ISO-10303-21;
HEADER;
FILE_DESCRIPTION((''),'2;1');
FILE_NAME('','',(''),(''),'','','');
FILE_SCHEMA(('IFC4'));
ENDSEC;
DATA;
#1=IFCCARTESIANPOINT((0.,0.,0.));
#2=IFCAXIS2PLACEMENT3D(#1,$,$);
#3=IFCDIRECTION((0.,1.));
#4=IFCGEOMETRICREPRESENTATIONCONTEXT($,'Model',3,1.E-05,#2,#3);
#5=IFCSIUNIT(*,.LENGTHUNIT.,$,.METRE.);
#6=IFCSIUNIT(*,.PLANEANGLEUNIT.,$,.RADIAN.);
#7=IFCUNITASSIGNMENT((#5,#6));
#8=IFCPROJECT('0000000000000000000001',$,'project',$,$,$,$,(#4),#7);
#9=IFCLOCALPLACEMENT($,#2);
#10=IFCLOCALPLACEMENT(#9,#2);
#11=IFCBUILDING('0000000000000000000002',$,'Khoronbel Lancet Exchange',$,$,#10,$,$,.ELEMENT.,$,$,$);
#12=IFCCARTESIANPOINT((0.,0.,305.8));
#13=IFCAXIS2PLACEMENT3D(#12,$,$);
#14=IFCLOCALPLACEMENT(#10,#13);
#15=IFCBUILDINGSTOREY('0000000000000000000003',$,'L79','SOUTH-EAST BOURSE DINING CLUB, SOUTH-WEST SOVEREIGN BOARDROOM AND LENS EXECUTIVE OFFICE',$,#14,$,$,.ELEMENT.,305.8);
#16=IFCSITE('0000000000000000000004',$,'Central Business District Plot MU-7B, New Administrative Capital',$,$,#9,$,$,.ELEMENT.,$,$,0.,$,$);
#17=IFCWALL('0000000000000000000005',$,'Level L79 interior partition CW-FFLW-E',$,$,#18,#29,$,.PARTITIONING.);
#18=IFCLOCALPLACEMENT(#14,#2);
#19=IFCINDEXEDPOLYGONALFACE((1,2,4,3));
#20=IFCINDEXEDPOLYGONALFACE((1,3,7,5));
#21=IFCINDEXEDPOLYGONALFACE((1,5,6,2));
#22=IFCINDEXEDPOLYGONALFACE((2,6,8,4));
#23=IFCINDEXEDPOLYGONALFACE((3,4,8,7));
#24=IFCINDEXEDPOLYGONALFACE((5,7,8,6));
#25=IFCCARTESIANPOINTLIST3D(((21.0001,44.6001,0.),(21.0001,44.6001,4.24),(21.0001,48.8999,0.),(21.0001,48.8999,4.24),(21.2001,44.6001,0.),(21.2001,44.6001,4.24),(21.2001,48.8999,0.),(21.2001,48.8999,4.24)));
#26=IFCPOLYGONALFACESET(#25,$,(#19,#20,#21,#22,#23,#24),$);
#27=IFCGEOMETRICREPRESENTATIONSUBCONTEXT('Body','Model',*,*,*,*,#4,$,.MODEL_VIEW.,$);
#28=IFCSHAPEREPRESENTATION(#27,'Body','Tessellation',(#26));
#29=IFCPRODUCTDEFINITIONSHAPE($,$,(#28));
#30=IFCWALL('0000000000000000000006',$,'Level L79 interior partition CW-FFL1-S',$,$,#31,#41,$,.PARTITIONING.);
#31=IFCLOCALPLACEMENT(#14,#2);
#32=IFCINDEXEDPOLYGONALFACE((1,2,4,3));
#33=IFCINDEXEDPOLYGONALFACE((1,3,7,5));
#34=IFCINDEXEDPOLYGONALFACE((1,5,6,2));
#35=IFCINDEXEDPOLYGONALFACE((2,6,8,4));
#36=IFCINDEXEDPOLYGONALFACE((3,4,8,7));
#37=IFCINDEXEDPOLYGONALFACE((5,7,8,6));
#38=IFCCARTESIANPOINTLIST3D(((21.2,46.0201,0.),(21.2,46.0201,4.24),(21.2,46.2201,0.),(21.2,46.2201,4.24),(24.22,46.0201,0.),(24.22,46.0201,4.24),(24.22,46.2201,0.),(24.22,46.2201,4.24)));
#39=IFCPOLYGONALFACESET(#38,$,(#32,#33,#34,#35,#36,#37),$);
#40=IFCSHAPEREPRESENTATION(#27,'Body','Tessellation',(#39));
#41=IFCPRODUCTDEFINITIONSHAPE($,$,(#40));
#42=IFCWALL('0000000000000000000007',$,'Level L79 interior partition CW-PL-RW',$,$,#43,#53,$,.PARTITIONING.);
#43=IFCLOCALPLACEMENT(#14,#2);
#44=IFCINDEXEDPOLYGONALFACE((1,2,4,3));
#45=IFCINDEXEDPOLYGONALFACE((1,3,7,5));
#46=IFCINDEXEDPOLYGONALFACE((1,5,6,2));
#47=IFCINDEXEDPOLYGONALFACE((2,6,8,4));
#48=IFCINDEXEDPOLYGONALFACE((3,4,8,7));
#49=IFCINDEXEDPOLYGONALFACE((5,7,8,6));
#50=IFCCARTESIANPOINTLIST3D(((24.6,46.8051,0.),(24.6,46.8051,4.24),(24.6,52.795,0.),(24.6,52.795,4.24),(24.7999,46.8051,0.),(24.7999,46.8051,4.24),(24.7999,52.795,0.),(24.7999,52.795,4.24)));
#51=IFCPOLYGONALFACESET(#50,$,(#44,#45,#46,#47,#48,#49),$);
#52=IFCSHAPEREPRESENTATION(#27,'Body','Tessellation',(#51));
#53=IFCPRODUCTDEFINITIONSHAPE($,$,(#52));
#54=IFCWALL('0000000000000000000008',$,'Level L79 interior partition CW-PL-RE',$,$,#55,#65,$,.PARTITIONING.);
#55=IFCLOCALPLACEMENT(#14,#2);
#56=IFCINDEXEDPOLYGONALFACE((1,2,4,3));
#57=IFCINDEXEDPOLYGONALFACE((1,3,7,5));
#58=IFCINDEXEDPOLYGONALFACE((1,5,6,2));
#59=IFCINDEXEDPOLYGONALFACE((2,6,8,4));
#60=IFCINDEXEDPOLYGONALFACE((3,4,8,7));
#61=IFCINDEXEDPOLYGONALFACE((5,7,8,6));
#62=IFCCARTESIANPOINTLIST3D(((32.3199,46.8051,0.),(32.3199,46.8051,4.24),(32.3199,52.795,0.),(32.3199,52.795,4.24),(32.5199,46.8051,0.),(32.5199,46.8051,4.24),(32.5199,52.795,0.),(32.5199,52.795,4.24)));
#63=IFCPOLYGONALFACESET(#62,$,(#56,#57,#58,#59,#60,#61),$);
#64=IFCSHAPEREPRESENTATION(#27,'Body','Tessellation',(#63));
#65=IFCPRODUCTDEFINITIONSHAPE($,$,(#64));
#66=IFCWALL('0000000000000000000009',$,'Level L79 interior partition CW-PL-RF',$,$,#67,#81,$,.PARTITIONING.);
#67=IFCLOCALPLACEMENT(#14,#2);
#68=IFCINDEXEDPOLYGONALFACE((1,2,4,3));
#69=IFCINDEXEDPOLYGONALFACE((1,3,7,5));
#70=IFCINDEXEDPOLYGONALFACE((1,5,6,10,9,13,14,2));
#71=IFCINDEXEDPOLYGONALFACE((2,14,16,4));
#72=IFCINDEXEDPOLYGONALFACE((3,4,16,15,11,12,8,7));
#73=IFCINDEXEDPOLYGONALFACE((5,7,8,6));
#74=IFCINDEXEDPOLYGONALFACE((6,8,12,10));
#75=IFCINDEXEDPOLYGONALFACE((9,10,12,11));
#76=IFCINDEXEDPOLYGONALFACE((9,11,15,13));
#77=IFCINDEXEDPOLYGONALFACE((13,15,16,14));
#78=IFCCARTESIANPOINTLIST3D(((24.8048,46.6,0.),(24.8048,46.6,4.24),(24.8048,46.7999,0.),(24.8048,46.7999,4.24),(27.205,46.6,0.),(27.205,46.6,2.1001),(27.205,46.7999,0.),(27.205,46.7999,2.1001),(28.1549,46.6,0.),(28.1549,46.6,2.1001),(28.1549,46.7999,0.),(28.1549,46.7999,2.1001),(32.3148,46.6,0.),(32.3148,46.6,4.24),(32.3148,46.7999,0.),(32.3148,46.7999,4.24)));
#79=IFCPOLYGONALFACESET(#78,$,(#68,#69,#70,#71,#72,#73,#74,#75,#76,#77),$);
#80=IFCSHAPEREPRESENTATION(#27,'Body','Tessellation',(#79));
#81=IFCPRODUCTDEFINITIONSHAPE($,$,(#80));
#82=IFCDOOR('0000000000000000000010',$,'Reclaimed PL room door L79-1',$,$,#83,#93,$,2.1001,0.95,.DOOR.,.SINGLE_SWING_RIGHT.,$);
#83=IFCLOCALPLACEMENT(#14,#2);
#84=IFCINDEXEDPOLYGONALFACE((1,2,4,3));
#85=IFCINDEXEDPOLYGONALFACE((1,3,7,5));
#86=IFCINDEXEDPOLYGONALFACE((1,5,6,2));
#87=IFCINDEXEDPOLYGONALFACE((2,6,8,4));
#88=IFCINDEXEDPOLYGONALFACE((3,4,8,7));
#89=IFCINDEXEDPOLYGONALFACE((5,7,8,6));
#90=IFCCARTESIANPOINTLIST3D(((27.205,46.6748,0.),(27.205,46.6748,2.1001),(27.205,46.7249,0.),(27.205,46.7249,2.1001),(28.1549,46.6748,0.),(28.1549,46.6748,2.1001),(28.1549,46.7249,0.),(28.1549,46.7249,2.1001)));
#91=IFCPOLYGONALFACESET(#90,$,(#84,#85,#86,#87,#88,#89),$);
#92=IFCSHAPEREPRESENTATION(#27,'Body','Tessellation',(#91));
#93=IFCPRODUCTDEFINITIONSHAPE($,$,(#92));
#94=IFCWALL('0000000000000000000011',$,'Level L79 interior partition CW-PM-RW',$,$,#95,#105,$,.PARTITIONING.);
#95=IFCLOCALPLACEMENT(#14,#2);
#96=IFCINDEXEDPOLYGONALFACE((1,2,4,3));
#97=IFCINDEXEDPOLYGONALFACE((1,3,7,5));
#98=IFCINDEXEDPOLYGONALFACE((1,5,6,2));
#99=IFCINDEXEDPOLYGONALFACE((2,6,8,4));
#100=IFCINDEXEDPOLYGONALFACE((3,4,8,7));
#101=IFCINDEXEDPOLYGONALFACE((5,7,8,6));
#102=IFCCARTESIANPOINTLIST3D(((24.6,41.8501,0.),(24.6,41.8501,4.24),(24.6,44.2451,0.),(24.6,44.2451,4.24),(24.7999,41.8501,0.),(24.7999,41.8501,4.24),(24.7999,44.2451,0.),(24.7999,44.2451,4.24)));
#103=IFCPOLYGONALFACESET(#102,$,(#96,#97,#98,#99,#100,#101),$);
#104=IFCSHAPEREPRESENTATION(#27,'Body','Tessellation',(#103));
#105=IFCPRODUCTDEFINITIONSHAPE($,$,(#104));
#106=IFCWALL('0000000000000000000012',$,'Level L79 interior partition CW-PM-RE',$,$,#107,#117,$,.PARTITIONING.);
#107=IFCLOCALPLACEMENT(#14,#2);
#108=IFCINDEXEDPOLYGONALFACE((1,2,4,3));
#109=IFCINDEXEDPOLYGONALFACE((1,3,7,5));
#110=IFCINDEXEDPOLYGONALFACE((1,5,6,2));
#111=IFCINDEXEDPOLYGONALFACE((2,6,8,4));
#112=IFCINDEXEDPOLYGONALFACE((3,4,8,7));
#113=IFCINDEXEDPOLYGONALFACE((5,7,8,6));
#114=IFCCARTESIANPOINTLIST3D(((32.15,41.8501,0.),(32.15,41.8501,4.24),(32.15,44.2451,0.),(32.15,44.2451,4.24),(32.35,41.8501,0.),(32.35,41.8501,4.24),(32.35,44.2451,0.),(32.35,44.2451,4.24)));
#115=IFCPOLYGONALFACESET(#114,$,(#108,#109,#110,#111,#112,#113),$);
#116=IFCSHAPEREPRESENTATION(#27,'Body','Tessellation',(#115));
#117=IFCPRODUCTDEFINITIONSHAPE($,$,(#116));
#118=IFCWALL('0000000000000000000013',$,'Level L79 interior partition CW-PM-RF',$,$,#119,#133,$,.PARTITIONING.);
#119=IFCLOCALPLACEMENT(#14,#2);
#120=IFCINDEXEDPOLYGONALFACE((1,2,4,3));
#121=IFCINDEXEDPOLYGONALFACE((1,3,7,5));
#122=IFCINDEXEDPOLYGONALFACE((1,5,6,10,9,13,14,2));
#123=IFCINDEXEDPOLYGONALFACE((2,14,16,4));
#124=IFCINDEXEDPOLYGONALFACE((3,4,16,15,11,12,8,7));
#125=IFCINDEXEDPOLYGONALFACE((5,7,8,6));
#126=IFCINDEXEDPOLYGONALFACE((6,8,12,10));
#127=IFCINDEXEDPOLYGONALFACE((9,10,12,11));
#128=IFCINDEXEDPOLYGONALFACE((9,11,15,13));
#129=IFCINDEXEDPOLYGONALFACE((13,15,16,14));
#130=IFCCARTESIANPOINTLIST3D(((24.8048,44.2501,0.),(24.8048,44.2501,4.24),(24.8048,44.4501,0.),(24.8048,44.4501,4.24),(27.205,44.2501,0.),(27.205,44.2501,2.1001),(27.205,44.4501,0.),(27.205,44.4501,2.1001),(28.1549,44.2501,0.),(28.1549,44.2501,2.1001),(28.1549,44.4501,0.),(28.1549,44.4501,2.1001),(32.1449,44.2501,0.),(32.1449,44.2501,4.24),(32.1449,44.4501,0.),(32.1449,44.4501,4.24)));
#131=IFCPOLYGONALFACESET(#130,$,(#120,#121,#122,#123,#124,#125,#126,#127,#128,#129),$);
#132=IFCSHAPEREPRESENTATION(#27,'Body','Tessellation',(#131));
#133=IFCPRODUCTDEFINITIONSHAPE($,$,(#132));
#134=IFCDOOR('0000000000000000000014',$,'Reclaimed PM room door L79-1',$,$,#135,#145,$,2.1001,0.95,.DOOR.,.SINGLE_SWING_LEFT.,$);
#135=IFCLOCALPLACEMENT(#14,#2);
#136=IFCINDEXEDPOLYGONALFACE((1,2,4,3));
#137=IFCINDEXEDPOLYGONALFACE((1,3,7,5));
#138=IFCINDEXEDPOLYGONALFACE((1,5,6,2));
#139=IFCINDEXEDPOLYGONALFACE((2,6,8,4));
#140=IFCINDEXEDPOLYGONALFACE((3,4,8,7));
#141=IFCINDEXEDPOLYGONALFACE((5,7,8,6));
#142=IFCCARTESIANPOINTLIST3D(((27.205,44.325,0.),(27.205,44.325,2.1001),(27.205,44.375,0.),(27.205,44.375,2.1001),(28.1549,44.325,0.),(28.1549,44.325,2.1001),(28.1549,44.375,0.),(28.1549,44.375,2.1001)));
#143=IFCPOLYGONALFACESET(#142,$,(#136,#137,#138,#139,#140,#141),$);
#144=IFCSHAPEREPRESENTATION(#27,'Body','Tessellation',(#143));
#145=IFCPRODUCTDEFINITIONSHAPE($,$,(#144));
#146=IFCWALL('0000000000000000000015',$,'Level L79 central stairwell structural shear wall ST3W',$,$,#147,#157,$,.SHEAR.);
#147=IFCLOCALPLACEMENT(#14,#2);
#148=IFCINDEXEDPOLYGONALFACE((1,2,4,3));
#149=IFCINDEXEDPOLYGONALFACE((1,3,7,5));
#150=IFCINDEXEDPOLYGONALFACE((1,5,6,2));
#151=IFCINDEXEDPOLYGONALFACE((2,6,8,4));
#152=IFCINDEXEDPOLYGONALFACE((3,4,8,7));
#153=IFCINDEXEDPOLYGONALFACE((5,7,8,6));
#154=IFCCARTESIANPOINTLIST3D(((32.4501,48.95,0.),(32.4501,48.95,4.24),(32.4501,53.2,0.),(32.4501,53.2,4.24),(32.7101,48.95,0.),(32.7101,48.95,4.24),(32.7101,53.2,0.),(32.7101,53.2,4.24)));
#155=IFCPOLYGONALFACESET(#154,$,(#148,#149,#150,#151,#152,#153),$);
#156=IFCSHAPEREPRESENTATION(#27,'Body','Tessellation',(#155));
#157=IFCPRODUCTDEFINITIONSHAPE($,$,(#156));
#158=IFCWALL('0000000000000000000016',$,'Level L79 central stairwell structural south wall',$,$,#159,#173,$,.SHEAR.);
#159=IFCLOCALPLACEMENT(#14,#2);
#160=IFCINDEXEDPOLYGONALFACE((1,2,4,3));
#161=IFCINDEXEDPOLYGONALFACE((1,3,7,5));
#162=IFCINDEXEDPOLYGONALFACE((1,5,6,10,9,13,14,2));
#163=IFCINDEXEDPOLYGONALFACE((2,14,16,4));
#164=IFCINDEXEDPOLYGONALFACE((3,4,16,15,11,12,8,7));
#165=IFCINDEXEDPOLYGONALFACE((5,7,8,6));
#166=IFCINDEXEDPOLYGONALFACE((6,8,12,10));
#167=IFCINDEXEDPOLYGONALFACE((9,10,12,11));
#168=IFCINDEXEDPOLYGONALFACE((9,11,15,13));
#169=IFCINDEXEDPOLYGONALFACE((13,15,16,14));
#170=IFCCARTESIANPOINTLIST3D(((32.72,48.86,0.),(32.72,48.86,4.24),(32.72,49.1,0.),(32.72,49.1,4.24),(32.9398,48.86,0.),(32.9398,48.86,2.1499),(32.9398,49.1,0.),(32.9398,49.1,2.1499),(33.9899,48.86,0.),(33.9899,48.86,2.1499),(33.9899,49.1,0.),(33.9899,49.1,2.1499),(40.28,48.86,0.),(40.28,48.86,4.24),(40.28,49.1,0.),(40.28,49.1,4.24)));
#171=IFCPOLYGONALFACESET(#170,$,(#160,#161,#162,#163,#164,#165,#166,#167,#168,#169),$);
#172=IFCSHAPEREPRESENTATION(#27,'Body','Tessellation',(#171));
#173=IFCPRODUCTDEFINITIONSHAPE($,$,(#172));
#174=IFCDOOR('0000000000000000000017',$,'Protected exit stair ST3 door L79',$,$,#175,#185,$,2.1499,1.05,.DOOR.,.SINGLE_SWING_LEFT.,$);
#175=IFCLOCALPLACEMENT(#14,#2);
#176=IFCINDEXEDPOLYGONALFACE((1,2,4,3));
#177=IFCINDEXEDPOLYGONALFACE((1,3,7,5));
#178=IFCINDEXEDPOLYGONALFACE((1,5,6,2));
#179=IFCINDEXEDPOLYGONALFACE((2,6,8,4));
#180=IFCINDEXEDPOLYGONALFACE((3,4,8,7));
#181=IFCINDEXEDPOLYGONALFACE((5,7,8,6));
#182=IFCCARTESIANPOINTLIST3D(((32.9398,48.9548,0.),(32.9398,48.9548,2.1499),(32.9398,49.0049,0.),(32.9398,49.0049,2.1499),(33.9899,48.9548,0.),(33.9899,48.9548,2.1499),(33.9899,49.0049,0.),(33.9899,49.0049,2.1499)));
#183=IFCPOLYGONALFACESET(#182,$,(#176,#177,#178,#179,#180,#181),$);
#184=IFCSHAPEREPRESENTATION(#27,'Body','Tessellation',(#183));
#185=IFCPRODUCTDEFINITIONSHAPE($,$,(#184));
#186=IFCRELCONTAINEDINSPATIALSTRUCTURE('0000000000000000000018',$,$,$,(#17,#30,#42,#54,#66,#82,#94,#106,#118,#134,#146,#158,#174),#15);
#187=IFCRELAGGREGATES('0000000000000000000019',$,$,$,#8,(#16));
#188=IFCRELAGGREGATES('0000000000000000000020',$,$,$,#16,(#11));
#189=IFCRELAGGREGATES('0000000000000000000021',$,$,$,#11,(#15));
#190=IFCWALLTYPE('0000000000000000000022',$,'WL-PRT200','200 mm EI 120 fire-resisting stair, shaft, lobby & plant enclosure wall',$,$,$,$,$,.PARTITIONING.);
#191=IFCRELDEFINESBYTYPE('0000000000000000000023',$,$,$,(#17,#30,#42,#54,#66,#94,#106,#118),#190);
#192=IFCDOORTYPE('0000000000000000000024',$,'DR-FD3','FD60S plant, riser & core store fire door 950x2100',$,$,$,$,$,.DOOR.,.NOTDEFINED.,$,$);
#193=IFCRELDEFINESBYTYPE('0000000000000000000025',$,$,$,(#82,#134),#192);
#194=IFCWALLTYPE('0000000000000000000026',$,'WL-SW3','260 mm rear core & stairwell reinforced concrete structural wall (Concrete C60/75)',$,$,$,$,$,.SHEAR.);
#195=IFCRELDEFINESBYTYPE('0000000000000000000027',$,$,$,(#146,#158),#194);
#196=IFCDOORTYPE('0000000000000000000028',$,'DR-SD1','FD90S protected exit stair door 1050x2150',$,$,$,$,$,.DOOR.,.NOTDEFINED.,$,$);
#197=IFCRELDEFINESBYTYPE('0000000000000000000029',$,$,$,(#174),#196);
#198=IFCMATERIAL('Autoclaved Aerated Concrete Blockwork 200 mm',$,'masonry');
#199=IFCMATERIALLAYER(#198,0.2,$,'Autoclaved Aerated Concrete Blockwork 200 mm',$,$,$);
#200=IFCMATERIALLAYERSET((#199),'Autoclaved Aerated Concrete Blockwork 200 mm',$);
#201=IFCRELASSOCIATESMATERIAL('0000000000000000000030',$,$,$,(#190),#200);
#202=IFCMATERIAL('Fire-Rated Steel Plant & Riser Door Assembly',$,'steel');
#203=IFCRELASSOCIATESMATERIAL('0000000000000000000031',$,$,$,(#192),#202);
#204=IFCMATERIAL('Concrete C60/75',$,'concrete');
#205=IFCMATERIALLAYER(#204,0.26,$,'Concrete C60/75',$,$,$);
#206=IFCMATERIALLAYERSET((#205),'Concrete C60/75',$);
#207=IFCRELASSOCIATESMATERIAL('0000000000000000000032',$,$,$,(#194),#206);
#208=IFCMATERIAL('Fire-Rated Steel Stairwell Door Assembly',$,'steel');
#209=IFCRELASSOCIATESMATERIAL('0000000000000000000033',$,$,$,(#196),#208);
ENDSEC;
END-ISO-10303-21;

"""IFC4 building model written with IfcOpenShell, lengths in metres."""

from ifc_helpers import new_model, si_unit, direction, frame, frame_2d, origin, place, context, subcontext, project, spatial, rectangle, extrude, material, layer, layer_set, type_object, element, fill, save


model = new_model("IFC4")

# Units and contexts
model_context = context("Model", 3, precision=1e-05, world=origin(), true_north=direction((0.0, 1.0)))
body_context = subcontext(model_context, "Body", "Model", "MODEL_VIEW")
ifc_project = project(units=[si_unit("LENGTHUNIT", "METRE"), si_unit("PLANEANGLEUNIT", "RADIAN")], contexts=[model_context])

# Site, building, storey
site_placement = place(None, origin())
site = spatial("IfcSite", under=ifc_project, at=site_placement, Name="Central Business District Plot MU-7B, New Administrative Capital", CompositionType="ELEMENT", RefElevation=0.0)
building_placement = place(site_placement, origin())
building = spatial("IfcBuilding", under=site, at=building_placement, Name="Khoronbel Lancet Exchange", CompositionType="ELEMENT")
storey_placement = place(building_placement, frame((0.0, 0.0, 305.8)))
storey = spatial("IfcBuildingStorey", under=building, at=storey_placement, Name="L79", Description="SOUTH-EAST BOURSE DINING CLUB, SOUTH-WEST SOVEREIGN BOARDROOM AND LENS EXECUTIVE OFFICE", CompositionType="ELEMENT", Elevation=305.8)

# Shared definitions
ifc_material_1 = material(Name="Autoclaved Aerated Concrete Blockwork 200 mm", Category="masonry")
ifc_layer_1 = layer(ifc_material_1, 0.2, Name="Autoclaved Aerated Concrete Blockwork 200 mm")
ifc_layer_set_1 = layer_set([ifc_layer_1], Name="Autoclaved Aerated Concrete Blockwork 200 mm")
wall_type_1 = type_object("IfcWallType", Name="WL-PRT200", Description="200 mm EI 120 fire-resisting stair, shaft, lobby & plant enclosure wall", PredefinedType="PARTITIONING", material=ifc_layer_set_1)

# Walls
wall_1_placement = place(storey_placement, frame((21.1001, 44.6001, 0.0), z_axis=(0.0, 0.0, 1.0), x_axis=(0.0, 1.0, 0.0)))
element("IfcWall", 1, at=wall_1_placement, inside=storey, type_object=wall_type_1, Name="Level L79 interior partition CW-FFLW-E", PredefinedType="PARTITIONING", context=body_context, shape_type="SweptSolid", body=[
    extrude(rectangle(XDim=4.2998, YDim=0.2, at=frame_2d((2.1499, 0.0))), origin(), (0.0, 0.0, 1.0), 4.24),
])
wall_2_placement = place(storey_placement, frame((21.2, 46.1201, 0.0), z_axis=(0.0, 0.0, 1.0), x_axis=(1.0, 0.0, 0.0)))
element("IfcWall", 2, at=wall_2_placement, inside=storey, type_object=wall_type_1, Name="Level L79 interior partition CW-FFL1-S", PredefinedType="PARTITIONING", context=body_context, shape_type="SweptSolid", body=[
    extrude(rectangle(XDim=3.02, YDim=0.2, at=frame_2d((1.51, 0.0))), origin(), (0.0, 0.0, 1.0), 4.24),
])
for number, where, z_axis, x_axis, name in (
    (3, (24.7, 46.8049, 0.0), (0.0, 0.0, 1.0), (0.0, 1.0, 0.0), "Level L79 interior partition CW-PL-RW"),
    (4, (32.4199, 46.8049, 0.0), (0.0, 0.0, 1.0), (0.0, 1.0, 0.0), "Level L79 interior partition CW-PL-RE"),
):
    element("IfcWall", number, at=place(storey_placement, frame(where, z_axis=z_axis, x_axis=x_axis)), inside=storey, type_object=wall_type_1, Name=name, PredefinedType="PARTITIONING", context=body_context, shape_type="SweptSolid", body=[
        extrude(rectangle(XDim=5.99, YDim=0.2, at=frame_2d((2.9951, 0.0))), origin(), (0.0, 0.0, 1.0), 4.24),
    ])

# Wall, opening, door
wall_3_placement = place(storey_placement, frame((24.8049, 46.7, 0.0), z_axis=(0.0, 0.0, 1.0), x_axis=(1.0, 0.0, 0.0)))
wall_3 = element("IfcWall", 5, at=wall_3_placement, inside=storey, type_object=wall_type_1, Name="Level L79 interior partition CW-PL-RF", PredefinedType="PARTITIONING", context=body_context, shape_type="SweptSolid", body=[
    extrude(rectangle(XDim=7.51, YDim=0.2, at=frame_2d((3.7549, 0.0))), origin(), (0.0, 0.0, 1.0), 4.24),
])
opening_1_placement = place(wall_3_placement, frame((2.3999, 0.0, 0.0)))
opening_1 = element("IfcOpeningElement", 6, at=opening_1_placement, cuts=wall_3, PredefinedType="OPENING", context=body_context, shape_type="SweptSolid", body=[
    extrude(rectangle(XDim=0.95, YDim=2.1001, at=frame_2d((0.4751, 1.05))), frame((0.0, 0.1099, 0.0), z_axis=(0.0, -1.0, 0.0), x_axis=(1.0, 0.0, 0.0)), (0.0, 0.0, 1.0), 0.22),
])
ifc_material_2 = material(Name="Fire-Rated Steel Plant & Riser Door Assembly", Category="steel")
door_type_1 = type_object("IfcDoorType", Name="DR-FD3", Description="FD60S plant, riser & core store fire door 950x2100", OperationType="NOTDEFINED", PredefinedType="DOOR", material=ifc_material_2)
door_1_placement = place(opening_1_placement, origin())
door_1 = element("IfcDoor", 7, at=door_1_placement, inside=storey, type_object=door_type_1, Name="Reclaimed PL room door L79-1", OperationType="SINGLE_SWING_RIGHT", OverallHeight=2.1001, OverallWidth=0.95, PredefinedType="DOOR", context=body_context, shape_type="SweptSolid", body=[
    extrude(rectangle(XDim=0.95, YDim=2.1001, at=frame_2d((0.4751, 1.05))), frame((0.0, 0.0249, 0.0), z_axis=(0.0, -1.0, 0.0), x_axis=(1.0, 0.0, 0.0)), (0.0, 0.0, 1.0), 0.05),
])
fill(opening_1, door_1)

# Walls
for number, where, z_axis, x_axis, name in (
    (8, (24.7, 41.8501, 0.0), (0.0, 0.0, 1.0), (0.0, 1.0, 0.0), "Level L79 interior partition CW-PM-RW"),
    (9, (32.25, 41.8501, 0.0), (0.0, 0.0, 1.0), (0.0, 1.0, 0.0), "Level L79 interior partition CW-PM-RE"),
):
    element("IfcWall", number, at=place(storey_placement, frame(where, z_axis=z_axis, x_axis=x_axis)), inside=storey, type_object=wall_type_1, Name=name, PredefinedType="PARTITIONING", context=body_context, shape_type="SweptSolid", body=[
        extrude(rectangle(XDim=2.395, YDim=0.2, at=frame_2d((1.1975, 0.0))), origin(), (0.0, 0.0, 1.0), 4.24),
    ])

# Wall, opening, door
wall_4_placement = place(storey_placement, frame((24.8049, 44.3501, 0.0), z_axis=(0.0, 0.0, 1.0), x_axis=(1.0, 0.0, 0.0)))
wall_4 = element("IfcWall", 10, at=wall_4_placement, inside=storey, type_object=wall_type_1, Name="Level L79 interior partition CW-PM-RF", PredefinedType="PARTITIONING", context=body_context, shape_type="SweptSolid", body=[
    extrude(rectangle(XDim=7.3401, YDim=0.2, at=frame_2d((3.6699, 0.0))), origin(), (0.0, 0.0, 1.0), 4.24),
])
opening_2_placement = place(wall_4_placement, frame((2.3999, 0.0, 0.0)))
opening_2 = element("IfcOpeningElement", 11, at=opening_2_placement, cuts=wall_4, PredefinedType="OPENING", context=body_context, shape_type="SweptSolid", body=[
    extrude(rectangle(XDim=0.95, YDim=2.1001, at=frame_2d((0.4751, 1.05))), frame((0.0, 0.1099, 0.0), z_axis=(0.0, -1.0, 0.0), x_axis=(1.0, 0.0, 0.0)), (0.0, 0.0, 1.0), 0.22),
])
door_2_placement = place(opening_2_placement, origin())
door_2 = element("IfcDoor", 12, at=door_2_placement, inside=storey, type_object=door_type_1, Name="Reclaimed PM room door L79-1", OperationType="SINGLE_SWING_LEFT", OverallHeight=2.1001, OverallWidth=0.95, PredefinedType="DOOR", context=body_context, shape_type="SweptSolid", body=[
    extrude(rectangle(XDim=0.95, YDim=2.1001, at=frame_2d((0.4751, 1.05))), frame((0.0, 0.0249, 0.0), z_axis=(0.0, -1.0, 0.0), x_axis=(1.0, 0.0, 0.0)), (0.0, 0.0, 1.0), 0.05),
])
fill(opening_2, door_2)

# Wall
ifc_material_3 = material(Name="Concrete C60/75", Category="concrete")
ifc_layer_2 = layer(ifc_material_3, 0.26, Name="Concrete C60/75")
ifc_layer_set_2 = layer_set([ifc_layer_2], Name="Concrete C60/75")
wall_type_2 = type_object("IfcWallType", Name="WL-SW3", Description="260 mm rear core & stairwell reinforced concrete structural wall (Concrete C60/75)", PredefinedType="SHEAR", material=ifc_layer_set_2)
wall_5_placement = place(storey_placement, frame((32.5801, 48.95, 0.0), z_axis=(0.0, 0.0, 1.0), x_axis=(0.0, 1.0, 0.0)))
element("IfcWall", 13, at=wall_5_placement, inside=storey, type_object=wall_type_2, Name="Level L79 central stairwell structural shear wall ST3W", PredefinedType="SHEAR", context=body_context, shape_type="SweptSolid", body=[
    extrude(rectangle(XDim=4.25, YDim=0.26, at=frame_2d((2.125, 0.0))), origin(), (0.0, 0.0, 1.0), 4.24),
])

# Wall, opening, door
wall_6_placement = place(storey_placement, frame((32.72, 48.98, 0.0), z_axis=(0.0, 0.0, 1.0), x_axis=(1.0, 0.0, 0.0)))
wall_6 = element("IfcWall", 14, at=wall_6_placement, inside=storey, type_object=wall_type_2, Name="Level L79 central stairwell structural south wall", PredefinedType="SHEAR", context=body_context, shape_type="SweptSolid", body=[
    extrude(rectangle(XDim=7.5601, YDim=0.24, at=frame_2d((3.78, 0.0))), origin(), (0.0, 0.0, 1.0), 4.24),
])
opening_3_placement = place(wall_6_placement, frame((0.22, 0.0, 0.0)))
opening_3 = element("IfcOpeningElement", 15, at=opening_3_placement, cuts=wall_6, PredefinedType="OPENING", context=body_context, shape_type="SweptSolid", body=[
    extrude(rectangle(XDim=1.05, YDim=2.1499, at=frame_2d((0.5249, 1.075))), frame((0.0, 0.1299, 0.0), z_axis=(0.0, -1.0, 0.0), x_axis=(1.0, 0.0, 0.0)), (0.0, 0.0, 1.0), 0.26),
])
ifc_material_4 = material(Name="Fire-Rated Steel Stairwell Door Assembly", Category="steel")
door_type_2 = type_object("IfcDoorType", Name="DR-SD1", Description="FD90S protected exit stair door 1050x2150", OperationType="NOTDEFINED", PredefinedType="DOOR", material=ifc_material_4)
door_3_placement = place(opening_3_placement, origin())
door_3 = element("IfcDoor", 16, at=door_3_placement, inside=storey, type_object=door_type_2, Name="Protected exit stair ST3 door L79", OperationType="SINGLE_SWING_LEFT", OverallHeight=2.1499, OverallWidth=1.05, PredefinedType="DOOR", context=body_context, shape_type="SweptSolid", body=[
    extrude(rectangle(XDim=1.05, YDim=2.1499, at=frame_2d((0.5249, 1.075))), frame((0.0, 0.0249, 0.0), z_axis=(0.0, -1.0, 0.0), x_axis=(1.0, 0.0, 0.0)), (0.0, 0.0, 1.0), 0.05),
])
fill(opening_3, door_3)

save(model, "model.ifc")
